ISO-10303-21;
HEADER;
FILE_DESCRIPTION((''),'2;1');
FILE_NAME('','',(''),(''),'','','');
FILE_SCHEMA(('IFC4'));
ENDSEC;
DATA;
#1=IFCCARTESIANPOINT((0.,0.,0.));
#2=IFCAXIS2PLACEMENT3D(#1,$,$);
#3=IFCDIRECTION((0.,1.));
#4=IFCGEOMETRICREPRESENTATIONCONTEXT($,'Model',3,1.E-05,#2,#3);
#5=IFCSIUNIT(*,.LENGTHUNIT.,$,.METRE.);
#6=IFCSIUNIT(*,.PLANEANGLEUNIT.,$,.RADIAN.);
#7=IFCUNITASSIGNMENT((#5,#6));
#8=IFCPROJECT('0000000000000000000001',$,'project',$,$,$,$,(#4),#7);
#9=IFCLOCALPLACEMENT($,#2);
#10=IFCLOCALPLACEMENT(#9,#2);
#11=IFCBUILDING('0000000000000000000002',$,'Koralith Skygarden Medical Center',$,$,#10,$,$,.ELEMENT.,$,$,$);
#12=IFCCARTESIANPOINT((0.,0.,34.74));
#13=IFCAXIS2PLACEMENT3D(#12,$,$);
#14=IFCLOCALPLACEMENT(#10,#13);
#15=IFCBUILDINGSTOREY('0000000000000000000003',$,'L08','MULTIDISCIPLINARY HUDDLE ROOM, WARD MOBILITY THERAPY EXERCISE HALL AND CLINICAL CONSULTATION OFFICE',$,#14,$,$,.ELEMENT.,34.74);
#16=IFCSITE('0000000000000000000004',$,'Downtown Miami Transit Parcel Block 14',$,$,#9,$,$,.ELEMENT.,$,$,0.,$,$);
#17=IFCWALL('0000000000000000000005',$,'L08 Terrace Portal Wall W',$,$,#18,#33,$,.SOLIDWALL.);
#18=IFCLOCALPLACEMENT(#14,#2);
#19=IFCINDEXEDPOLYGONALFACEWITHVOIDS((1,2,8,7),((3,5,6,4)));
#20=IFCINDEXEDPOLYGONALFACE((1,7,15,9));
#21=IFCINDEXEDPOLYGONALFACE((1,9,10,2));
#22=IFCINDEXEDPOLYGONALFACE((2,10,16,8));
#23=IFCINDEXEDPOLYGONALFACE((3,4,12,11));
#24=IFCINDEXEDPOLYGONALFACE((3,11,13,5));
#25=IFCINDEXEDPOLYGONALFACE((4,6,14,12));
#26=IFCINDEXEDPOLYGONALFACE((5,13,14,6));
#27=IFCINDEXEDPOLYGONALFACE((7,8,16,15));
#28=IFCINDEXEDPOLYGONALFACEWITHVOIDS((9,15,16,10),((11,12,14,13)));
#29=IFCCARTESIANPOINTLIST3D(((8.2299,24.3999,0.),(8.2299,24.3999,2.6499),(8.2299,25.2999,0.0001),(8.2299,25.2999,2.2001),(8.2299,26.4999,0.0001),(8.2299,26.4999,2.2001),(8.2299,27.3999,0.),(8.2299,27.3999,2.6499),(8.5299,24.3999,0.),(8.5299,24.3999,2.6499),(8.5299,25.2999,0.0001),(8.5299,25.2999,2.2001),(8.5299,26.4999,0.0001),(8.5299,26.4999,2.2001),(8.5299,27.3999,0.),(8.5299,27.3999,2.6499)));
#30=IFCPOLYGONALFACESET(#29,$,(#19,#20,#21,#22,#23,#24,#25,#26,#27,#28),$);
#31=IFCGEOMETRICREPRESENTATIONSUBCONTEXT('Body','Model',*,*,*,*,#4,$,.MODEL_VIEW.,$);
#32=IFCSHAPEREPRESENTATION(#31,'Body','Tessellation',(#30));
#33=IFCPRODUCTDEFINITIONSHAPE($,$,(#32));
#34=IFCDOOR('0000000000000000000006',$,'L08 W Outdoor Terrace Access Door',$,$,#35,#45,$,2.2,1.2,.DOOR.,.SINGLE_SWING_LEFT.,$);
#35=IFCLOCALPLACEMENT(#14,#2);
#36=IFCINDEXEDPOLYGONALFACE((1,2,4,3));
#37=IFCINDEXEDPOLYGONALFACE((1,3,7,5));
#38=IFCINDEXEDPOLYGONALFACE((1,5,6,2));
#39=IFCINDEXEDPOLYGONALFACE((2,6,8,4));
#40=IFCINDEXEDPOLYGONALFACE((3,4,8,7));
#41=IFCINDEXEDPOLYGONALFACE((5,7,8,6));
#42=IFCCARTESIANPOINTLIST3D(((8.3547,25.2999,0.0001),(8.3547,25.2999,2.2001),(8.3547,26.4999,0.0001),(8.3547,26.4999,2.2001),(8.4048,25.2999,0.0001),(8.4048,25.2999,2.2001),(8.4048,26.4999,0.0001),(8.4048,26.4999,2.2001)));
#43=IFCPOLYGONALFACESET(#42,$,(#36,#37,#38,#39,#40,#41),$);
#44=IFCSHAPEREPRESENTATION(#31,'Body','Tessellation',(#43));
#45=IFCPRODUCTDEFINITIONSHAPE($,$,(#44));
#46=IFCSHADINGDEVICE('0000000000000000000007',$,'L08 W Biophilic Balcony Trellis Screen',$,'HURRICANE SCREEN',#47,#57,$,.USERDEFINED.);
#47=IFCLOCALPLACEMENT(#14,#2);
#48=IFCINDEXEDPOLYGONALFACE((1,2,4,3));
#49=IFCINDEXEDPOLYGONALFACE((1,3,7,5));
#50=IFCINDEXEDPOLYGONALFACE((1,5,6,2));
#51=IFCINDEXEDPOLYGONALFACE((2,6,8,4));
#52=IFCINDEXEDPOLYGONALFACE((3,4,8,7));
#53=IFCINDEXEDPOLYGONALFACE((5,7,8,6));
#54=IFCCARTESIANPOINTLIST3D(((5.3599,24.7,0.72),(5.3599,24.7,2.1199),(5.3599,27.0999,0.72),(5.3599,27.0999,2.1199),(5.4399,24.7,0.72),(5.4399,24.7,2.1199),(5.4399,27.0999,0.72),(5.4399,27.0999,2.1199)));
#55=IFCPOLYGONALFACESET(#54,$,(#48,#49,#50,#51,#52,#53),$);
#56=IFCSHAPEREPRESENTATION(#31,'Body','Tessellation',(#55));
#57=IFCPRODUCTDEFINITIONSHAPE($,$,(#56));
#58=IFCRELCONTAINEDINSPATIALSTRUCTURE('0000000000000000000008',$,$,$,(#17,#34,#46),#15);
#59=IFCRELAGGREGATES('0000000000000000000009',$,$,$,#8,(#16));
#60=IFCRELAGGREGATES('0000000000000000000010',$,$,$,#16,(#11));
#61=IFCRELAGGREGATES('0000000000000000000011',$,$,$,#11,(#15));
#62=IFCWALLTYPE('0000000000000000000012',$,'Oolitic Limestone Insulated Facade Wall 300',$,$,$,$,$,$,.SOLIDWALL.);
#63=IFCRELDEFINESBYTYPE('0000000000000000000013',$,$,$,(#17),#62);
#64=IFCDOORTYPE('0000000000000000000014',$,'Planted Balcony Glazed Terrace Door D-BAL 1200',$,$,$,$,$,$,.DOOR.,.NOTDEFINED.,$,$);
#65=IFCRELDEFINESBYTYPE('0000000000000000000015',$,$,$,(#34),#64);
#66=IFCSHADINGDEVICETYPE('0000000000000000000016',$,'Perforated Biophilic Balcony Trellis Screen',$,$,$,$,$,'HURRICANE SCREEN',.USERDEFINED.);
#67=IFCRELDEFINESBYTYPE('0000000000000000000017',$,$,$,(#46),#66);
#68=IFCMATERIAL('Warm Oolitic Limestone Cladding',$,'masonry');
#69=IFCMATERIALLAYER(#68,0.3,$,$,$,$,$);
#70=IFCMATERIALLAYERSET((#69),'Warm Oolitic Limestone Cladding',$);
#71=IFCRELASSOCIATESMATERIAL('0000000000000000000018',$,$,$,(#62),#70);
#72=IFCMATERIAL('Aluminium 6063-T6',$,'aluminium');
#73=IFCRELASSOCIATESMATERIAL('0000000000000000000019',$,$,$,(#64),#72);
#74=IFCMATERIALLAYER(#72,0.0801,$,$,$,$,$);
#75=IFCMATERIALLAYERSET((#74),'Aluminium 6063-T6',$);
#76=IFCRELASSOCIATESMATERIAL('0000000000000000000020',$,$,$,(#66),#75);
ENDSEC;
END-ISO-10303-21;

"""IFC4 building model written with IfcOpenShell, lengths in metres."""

from ifc_helpers import new_model, si_unit, direction, frame, frame_2d, origin, origin_2d, place, context, subcontext, project, spatial, rectangle, extrude, material, layer, layer_set, type_object, element, fill, save


model = new_model("IFC4")

# Units and contexts
model_context = context("Model", 3, precision=1e-05, world=origin(), true_north=direction((0.0, 1.0)))
body_context = subcontext(model_context, "Body", "Model", "MODEL_VIEW")
ifc_project = project(units=[si_unit("LENGTHUNIT", "METRE"), si_unit("PLANEANGLEUNIT", "RADIAN")], contexts=[model_context])

# Site, building, storey
site_placement = place(None, origin())
site = spatial("IfcSite", under=ifc_project, at=site_placement, Name="Downtown Miami Transit Parcel Block 14", CompositionType="ELEMENT", RefElevation=0.0)
building_placement = place(site_placement, origin())
building = spatial("IfcBuilding", under=site, at=building_placement, Name="Koralith Skygarden Medical Center", CompositionType="ELEMENT")
storey_placement = place(building_placement, frame((0.0, 0.0, 34.74)))
storey = spatial("IfcBuildingStorey", under=building, at=storey_placement, Name="L08", Description="MULTIDISCIPLINARY HUDDLE ROOM, WARD MOBILITY THERAPY EXERCISE HALL AND CLINICAL CONSULTATION OFFICE", CompositionType="ELEMENT", Elevation=34.74)

# Shared definitions
ifc_material_1 = material(Name="Aluminium 6063-T6", Category="aluminium")

# Shared definitions
ifc_material_2 = material(Name="Warm Oolitic Limestone Cladding", Category="masonry")

# Wall, opening, door
ifc_layer_1 = layer(ifc_material_2, 0.3)
ifc_layer_set_1 = layer_set([ifc_layer_1], Name="Warm Oolitic Limestone Cladding")
wall_type_1 = type_object("IfcWallType", Name="Oolitic Limestone Insulated Facade Wall 300", PredefinedType="SOLIDWALL", material=ifc_layer_set_1)
wall_1_placement = place(storey_placement, frame((8.3799, 27.3999, 0.0), z_axis=(0.0, 0.0, 1.0), x_axis=(0.0, -1.0, 0.0)))
wall_1 = element("IfcWall", 1, at=wall_1_placement, inside=storey, type_object=wall_type_1, Name="L08 Terrace Portal Wall W", PredefinedType="SOLIDWALL", context=body_context, shape_type="SweptSolid", body=[
    extrude(rectangle(XDim=3.0, YDim=0.3, at=frame_2d((1.5, 0.0))), origin(), (0.0, 0.0, 1.0), 2.6499),
])
opening_1_placement = place(wall_1_placement, frame((0.8999, 0.0, 0.0)))
opening_1 = element("IfcOpeningElement", 2, at=opening_1_placement, cuts=wall_1, PredefinedType="OPENING", context=body_context, shape_type="SweptSolid", body=[
    extrude(rectangle(XDim=1.2, YDim=2.2, at=frame_2d((0.6001, 1.1001))), frame((0.0, 0.1599, 0.0), z_axis=(0.0, -1.0, 0.0), x_axis=(1.0, 0.0, 0.0)), (0.0, 0.0, 1.0), 0.3201),
])
door_type_1 = type_object("IfcDoorType", Name="Planted Balcony Glazed Terrace Door D-BAL 1200", OperationType="NOTDEFINED", PredefinedType="DOOR", material=ifc_material_1)
door_1_placement = place(opening_1_placement, origin())
door_1 = element("IfcDoor", 3, at=door_1_placement, inside=storey, type_object=door_type_1, Name="L08 W Outdoor Terrace Access Door", OperationType="SINGLE_SWING_LEFT", OverallHeight=2.2, OverallWidth=1.2, PredefinedType="DOOR", context=body_context, shape_type="SweptSolid", body=[
    extrude(rectangle(XDim=1.2, YDim=2.2, at=frame_2d((0.6001, 1.1001))), frame((0.0, 0.0249, 0.0), z_axis=(0.0, -1.0, 0.0), x_axis=(1.0, 0.0, 0.0)), (0.0, 0.0, 1.0), 0.05),
])
fill(opening_1, door_1)

# Shading device
ifc_layer_2 = layer(ifc_material_1, 0.0801)
ifc_layer_set_2 = layer_set([ifc_layer_2], Name="Aluminium 6063-T6")
shading_device_type = type_object("IfcShadingDeviceType", Name="Perforated Biophilic Balcony Trellis Screen", ElementType="HURRICANE SCREEN", PredefinedType="USERDEFINED", material=ifc_layer_set_2)
shading_device_placement = place(storey_placement, frame((5.3999, 25.8999, 0.72), z_axis=(0.0, 0.0, 1.0), x_axis=(0.0, 1.0, 0.0)))
element("IfcShadingDevice", 4, at=shading_device_placement, inside=storey, type_object=shading_device_type, Name="L08 W Biophilic Balcony Trellis Screen", ObjectType="HURRICANE SCREEN", PredefinedType="USERDEFINED", context=body_context, shape_type="SweptSolid", body=[
    extrude(rectangle(XDim=2.3999, YDim=0.0801, at=origin_2d()), origin(), (0.0, 0.0, 1.0), 1.3999),
])

save(model, "model.ifc")
